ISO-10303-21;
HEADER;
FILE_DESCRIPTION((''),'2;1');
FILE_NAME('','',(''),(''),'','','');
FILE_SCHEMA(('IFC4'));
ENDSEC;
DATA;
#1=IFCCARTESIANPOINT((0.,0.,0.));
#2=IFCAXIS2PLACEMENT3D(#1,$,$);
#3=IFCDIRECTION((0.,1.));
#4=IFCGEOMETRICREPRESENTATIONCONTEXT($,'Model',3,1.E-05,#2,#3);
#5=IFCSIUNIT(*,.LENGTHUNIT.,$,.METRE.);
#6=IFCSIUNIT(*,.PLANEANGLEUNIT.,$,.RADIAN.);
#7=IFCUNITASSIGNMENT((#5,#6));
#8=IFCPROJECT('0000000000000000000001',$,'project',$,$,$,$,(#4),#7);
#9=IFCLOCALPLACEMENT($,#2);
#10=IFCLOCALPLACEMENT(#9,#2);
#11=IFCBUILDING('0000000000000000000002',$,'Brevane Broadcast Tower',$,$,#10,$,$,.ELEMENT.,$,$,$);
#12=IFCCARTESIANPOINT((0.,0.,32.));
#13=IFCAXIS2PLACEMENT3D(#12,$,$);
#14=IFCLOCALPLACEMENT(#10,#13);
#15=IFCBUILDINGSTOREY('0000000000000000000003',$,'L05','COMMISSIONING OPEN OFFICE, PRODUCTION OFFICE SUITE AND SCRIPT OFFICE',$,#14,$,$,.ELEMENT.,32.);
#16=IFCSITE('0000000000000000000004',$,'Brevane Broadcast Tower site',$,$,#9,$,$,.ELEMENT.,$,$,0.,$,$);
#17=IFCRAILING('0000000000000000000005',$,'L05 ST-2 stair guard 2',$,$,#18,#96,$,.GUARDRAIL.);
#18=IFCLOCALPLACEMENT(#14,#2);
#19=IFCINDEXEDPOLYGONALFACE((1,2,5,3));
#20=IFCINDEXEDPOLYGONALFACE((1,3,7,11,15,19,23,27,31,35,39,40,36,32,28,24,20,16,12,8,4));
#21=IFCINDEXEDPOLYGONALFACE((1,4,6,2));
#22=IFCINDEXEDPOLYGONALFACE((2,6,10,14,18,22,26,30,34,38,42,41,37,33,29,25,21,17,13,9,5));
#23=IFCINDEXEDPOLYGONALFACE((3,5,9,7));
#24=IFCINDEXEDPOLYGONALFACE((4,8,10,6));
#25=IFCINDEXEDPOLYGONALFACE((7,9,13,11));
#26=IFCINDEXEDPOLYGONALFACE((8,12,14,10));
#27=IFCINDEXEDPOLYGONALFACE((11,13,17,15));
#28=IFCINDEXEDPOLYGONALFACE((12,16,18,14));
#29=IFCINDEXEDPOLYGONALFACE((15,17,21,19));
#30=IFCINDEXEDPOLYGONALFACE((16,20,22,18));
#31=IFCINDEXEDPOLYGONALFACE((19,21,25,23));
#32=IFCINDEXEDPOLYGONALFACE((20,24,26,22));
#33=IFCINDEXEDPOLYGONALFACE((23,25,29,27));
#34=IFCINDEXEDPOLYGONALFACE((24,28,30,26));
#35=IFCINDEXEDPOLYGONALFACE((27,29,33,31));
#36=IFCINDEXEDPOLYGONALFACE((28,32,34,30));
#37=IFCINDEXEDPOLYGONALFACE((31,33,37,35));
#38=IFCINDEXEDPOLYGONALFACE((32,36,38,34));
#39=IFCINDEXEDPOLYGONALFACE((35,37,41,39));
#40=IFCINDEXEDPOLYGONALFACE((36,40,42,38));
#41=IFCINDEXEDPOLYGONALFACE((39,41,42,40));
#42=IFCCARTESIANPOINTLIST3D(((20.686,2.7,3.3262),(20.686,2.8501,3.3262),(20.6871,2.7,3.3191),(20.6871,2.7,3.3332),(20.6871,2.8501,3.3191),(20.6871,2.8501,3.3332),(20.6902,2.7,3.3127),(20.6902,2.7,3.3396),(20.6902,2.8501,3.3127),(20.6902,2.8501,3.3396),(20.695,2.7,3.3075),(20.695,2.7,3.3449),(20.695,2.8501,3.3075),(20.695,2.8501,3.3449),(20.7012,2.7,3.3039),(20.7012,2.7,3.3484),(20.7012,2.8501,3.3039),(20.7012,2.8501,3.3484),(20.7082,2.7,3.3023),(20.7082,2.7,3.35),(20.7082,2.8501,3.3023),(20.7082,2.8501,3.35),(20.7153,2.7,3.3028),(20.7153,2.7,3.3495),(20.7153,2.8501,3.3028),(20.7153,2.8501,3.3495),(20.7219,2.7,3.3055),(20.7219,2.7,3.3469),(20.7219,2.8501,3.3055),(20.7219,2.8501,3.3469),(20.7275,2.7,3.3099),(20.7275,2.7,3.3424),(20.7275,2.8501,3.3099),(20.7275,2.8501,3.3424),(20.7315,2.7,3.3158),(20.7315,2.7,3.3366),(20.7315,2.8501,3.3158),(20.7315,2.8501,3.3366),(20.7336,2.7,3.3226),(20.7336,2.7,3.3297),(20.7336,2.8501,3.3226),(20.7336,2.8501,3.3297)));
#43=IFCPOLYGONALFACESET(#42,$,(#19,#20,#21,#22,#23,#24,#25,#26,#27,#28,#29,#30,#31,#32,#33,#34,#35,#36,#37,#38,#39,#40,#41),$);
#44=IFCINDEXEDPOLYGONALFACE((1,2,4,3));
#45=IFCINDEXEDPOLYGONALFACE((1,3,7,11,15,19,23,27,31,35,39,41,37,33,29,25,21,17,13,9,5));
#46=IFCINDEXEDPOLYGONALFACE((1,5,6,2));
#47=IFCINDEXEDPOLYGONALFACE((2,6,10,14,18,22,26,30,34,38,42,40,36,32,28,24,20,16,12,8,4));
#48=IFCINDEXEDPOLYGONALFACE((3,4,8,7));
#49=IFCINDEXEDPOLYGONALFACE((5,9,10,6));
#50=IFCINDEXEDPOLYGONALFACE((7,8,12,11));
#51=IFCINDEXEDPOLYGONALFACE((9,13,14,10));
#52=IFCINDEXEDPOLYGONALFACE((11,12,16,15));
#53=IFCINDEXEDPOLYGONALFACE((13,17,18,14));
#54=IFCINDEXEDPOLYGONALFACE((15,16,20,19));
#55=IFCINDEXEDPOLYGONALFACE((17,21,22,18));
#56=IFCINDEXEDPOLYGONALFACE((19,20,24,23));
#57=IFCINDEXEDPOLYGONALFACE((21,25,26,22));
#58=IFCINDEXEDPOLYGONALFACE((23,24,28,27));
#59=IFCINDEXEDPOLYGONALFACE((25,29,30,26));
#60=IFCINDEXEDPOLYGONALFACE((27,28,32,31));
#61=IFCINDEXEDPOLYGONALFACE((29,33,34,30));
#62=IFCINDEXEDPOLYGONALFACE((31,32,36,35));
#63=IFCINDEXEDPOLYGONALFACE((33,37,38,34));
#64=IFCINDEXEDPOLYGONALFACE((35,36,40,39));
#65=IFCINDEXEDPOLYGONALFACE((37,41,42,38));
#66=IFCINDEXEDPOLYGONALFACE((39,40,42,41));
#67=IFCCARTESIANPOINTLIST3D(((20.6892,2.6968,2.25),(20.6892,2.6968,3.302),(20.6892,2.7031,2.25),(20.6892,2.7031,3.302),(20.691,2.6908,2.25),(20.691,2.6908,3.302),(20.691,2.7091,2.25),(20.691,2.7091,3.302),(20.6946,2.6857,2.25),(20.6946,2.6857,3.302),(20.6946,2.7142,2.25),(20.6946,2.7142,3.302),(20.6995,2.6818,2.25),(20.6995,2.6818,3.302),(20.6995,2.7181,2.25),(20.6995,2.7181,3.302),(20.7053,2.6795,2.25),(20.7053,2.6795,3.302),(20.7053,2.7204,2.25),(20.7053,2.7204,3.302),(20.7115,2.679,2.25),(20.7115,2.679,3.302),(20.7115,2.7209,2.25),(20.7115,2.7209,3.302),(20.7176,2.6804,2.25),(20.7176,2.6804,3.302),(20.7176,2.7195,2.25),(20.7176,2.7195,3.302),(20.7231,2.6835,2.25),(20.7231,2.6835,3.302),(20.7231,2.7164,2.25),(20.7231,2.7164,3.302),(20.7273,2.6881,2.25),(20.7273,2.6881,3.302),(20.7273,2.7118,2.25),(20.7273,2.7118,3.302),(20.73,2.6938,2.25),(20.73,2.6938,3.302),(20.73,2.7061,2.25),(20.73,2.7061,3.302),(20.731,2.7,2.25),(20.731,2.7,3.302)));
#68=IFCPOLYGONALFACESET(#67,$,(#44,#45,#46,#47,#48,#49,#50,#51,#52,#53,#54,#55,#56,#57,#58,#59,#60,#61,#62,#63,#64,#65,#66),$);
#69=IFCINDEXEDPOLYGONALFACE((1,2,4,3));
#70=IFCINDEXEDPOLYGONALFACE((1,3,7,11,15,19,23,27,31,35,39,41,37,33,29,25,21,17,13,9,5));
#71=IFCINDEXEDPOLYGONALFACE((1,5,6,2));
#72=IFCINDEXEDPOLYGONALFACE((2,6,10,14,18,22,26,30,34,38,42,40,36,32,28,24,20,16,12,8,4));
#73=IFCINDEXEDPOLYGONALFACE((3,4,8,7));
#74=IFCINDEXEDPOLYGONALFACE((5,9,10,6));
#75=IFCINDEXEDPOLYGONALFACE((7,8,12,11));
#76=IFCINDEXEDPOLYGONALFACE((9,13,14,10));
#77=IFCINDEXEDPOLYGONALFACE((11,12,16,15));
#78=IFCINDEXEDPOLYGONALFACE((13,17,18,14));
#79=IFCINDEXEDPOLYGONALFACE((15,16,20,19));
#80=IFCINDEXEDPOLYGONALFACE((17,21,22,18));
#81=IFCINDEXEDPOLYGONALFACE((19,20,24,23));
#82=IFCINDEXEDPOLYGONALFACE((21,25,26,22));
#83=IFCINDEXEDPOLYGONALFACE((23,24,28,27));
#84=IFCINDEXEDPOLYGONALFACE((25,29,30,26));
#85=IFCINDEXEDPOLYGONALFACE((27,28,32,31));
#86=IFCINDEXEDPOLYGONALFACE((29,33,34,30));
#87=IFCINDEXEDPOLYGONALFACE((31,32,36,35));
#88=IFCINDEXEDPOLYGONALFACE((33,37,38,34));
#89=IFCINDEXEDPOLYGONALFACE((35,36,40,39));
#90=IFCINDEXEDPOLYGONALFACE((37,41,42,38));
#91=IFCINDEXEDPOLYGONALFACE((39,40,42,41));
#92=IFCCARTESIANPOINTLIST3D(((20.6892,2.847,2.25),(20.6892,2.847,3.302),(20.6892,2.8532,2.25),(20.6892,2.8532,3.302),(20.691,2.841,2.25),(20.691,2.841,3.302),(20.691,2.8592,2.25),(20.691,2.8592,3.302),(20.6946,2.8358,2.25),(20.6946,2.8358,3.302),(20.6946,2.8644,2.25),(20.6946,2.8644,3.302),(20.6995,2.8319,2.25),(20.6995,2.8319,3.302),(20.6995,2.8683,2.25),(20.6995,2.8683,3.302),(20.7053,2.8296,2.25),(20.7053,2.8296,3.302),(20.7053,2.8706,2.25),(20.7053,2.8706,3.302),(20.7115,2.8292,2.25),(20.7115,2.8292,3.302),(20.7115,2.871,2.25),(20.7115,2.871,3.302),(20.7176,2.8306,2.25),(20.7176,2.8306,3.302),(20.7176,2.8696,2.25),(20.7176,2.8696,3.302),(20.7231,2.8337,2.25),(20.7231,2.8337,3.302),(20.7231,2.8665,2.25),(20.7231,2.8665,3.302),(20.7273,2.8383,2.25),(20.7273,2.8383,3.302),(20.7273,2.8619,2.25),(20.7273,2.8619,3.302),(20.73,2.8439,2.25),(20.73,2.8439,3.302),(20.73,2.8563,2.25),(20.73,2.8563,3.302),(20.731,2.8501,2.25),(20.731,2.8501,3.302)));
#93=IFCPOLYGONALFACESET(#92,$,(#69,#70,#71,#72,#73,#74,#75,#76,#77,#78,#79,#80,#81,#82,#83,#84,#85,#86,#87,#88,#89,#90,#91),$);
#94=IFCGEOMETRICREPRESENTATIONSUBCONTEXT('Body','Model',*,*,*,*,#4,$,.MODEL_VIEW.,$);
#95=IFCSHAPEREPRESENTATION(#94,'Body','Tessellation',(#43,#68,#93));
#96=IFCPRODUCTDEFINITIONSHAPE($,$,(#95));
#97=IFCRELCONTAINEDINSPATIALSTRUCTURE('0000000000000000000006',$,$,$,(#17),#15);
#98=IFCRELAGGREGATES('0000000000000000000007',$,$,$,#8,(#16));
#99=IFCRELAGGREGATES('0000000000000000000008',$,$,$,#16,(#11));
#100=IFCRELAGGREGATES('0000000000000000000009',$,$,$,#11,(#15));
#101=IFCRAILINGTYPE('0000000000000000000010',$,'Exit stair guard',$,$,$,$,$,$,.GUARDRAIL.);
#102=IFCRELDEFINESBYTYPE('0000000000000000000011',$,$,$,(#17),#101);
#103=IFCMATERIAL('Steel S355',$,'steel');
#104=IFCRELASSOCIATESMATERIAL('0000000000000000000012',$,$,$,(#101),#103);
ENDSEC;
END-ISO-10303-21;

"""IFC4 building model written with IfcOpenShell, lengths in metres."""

from ifc_helpers import new_model, si_unit, direction, frame, origin, origin_2d, place, context, subcontext, project, spatial, circle, extrude, material, type_object, element, save


model = new_model("IFC4")

# Units and contexts
model_context = context("Model", 3, precision=1e-05, world=origin(), true_north=direction((0.0, 1.0)))
body_context = subcontext(model_context, "Body", "Model", "MODEL_VIEW")
ifc_project = project(units=[si_unit("LENGTHUNIT", "METRE"), si_unit("PLANEANGLEUNIT", "RADIAN")], contexts=[model_context])

# Site, building, storey
site_placement = place(None, origin())
site = spatial("IfcSite", under=ifc_project, at=site_placement, Name="Brevane Broadcast Tower site", CompositionType="ELEMENT", RefElevation=0.0)
building_placement = place(site_placement, origin())
building = spatial("IfcBuilding", under=site, at=building_placement, Name="Brevane Broadcast Tower", CompositionType="ELEMENT")
storey_placement = place(building_placement, frame((0.0, 0.0, 32.0)))
storey = spatial("IfcBuildingStorey", under=building, at=storey_placement, Name="L05", Description="COMMISSIONING OPEN OFFICE, PRODUCTION OFFICE SUITE AND SCRIPT OFFICE", CompositionType="ELEMENT", Elevation=32.0)

# Railing
ifc_material_1 = material(Name="Steel S355", Category="steel")
railing_type_1 = type_object("IfcRailingType", Name="Exit stair guard", PredefinedType="GUARDRAIL", material=ifc_material_1)
railing_1_placement = place(storey_placement, frame((20.71, 2.7, 2.25)))
element("IfcRailing", 1, at=railing_1_placement, inside=storey, type_object=railing_type_1, Name="L05 ST-2 stair guard 2", PredefinedType="GUARDRAIL", context=body_context, shape_type="SweptSolid", body=[
    extrude(circle(Radius=0.0239, at=origin_2d()), frame((0.0, 0.0, 1.0762), z_axis=(0.0, 1.0, 0.0), x_axis=(-1.0, 0.0, 0.0)), (0.0, 0.0, 1.0), 0.1501),
    extrude(circle(Radius=0.021, at=origin_2d()), origin(), (0.0, 0.0, 1.0), 1.052),
    extrude(circle(Radius=0.021, at=origin_2d()), frame((0.0, 0.1501, 0.0)), (0.0, 0.0, 1.0), 1.052),
])

save(model, "model.ifc")
